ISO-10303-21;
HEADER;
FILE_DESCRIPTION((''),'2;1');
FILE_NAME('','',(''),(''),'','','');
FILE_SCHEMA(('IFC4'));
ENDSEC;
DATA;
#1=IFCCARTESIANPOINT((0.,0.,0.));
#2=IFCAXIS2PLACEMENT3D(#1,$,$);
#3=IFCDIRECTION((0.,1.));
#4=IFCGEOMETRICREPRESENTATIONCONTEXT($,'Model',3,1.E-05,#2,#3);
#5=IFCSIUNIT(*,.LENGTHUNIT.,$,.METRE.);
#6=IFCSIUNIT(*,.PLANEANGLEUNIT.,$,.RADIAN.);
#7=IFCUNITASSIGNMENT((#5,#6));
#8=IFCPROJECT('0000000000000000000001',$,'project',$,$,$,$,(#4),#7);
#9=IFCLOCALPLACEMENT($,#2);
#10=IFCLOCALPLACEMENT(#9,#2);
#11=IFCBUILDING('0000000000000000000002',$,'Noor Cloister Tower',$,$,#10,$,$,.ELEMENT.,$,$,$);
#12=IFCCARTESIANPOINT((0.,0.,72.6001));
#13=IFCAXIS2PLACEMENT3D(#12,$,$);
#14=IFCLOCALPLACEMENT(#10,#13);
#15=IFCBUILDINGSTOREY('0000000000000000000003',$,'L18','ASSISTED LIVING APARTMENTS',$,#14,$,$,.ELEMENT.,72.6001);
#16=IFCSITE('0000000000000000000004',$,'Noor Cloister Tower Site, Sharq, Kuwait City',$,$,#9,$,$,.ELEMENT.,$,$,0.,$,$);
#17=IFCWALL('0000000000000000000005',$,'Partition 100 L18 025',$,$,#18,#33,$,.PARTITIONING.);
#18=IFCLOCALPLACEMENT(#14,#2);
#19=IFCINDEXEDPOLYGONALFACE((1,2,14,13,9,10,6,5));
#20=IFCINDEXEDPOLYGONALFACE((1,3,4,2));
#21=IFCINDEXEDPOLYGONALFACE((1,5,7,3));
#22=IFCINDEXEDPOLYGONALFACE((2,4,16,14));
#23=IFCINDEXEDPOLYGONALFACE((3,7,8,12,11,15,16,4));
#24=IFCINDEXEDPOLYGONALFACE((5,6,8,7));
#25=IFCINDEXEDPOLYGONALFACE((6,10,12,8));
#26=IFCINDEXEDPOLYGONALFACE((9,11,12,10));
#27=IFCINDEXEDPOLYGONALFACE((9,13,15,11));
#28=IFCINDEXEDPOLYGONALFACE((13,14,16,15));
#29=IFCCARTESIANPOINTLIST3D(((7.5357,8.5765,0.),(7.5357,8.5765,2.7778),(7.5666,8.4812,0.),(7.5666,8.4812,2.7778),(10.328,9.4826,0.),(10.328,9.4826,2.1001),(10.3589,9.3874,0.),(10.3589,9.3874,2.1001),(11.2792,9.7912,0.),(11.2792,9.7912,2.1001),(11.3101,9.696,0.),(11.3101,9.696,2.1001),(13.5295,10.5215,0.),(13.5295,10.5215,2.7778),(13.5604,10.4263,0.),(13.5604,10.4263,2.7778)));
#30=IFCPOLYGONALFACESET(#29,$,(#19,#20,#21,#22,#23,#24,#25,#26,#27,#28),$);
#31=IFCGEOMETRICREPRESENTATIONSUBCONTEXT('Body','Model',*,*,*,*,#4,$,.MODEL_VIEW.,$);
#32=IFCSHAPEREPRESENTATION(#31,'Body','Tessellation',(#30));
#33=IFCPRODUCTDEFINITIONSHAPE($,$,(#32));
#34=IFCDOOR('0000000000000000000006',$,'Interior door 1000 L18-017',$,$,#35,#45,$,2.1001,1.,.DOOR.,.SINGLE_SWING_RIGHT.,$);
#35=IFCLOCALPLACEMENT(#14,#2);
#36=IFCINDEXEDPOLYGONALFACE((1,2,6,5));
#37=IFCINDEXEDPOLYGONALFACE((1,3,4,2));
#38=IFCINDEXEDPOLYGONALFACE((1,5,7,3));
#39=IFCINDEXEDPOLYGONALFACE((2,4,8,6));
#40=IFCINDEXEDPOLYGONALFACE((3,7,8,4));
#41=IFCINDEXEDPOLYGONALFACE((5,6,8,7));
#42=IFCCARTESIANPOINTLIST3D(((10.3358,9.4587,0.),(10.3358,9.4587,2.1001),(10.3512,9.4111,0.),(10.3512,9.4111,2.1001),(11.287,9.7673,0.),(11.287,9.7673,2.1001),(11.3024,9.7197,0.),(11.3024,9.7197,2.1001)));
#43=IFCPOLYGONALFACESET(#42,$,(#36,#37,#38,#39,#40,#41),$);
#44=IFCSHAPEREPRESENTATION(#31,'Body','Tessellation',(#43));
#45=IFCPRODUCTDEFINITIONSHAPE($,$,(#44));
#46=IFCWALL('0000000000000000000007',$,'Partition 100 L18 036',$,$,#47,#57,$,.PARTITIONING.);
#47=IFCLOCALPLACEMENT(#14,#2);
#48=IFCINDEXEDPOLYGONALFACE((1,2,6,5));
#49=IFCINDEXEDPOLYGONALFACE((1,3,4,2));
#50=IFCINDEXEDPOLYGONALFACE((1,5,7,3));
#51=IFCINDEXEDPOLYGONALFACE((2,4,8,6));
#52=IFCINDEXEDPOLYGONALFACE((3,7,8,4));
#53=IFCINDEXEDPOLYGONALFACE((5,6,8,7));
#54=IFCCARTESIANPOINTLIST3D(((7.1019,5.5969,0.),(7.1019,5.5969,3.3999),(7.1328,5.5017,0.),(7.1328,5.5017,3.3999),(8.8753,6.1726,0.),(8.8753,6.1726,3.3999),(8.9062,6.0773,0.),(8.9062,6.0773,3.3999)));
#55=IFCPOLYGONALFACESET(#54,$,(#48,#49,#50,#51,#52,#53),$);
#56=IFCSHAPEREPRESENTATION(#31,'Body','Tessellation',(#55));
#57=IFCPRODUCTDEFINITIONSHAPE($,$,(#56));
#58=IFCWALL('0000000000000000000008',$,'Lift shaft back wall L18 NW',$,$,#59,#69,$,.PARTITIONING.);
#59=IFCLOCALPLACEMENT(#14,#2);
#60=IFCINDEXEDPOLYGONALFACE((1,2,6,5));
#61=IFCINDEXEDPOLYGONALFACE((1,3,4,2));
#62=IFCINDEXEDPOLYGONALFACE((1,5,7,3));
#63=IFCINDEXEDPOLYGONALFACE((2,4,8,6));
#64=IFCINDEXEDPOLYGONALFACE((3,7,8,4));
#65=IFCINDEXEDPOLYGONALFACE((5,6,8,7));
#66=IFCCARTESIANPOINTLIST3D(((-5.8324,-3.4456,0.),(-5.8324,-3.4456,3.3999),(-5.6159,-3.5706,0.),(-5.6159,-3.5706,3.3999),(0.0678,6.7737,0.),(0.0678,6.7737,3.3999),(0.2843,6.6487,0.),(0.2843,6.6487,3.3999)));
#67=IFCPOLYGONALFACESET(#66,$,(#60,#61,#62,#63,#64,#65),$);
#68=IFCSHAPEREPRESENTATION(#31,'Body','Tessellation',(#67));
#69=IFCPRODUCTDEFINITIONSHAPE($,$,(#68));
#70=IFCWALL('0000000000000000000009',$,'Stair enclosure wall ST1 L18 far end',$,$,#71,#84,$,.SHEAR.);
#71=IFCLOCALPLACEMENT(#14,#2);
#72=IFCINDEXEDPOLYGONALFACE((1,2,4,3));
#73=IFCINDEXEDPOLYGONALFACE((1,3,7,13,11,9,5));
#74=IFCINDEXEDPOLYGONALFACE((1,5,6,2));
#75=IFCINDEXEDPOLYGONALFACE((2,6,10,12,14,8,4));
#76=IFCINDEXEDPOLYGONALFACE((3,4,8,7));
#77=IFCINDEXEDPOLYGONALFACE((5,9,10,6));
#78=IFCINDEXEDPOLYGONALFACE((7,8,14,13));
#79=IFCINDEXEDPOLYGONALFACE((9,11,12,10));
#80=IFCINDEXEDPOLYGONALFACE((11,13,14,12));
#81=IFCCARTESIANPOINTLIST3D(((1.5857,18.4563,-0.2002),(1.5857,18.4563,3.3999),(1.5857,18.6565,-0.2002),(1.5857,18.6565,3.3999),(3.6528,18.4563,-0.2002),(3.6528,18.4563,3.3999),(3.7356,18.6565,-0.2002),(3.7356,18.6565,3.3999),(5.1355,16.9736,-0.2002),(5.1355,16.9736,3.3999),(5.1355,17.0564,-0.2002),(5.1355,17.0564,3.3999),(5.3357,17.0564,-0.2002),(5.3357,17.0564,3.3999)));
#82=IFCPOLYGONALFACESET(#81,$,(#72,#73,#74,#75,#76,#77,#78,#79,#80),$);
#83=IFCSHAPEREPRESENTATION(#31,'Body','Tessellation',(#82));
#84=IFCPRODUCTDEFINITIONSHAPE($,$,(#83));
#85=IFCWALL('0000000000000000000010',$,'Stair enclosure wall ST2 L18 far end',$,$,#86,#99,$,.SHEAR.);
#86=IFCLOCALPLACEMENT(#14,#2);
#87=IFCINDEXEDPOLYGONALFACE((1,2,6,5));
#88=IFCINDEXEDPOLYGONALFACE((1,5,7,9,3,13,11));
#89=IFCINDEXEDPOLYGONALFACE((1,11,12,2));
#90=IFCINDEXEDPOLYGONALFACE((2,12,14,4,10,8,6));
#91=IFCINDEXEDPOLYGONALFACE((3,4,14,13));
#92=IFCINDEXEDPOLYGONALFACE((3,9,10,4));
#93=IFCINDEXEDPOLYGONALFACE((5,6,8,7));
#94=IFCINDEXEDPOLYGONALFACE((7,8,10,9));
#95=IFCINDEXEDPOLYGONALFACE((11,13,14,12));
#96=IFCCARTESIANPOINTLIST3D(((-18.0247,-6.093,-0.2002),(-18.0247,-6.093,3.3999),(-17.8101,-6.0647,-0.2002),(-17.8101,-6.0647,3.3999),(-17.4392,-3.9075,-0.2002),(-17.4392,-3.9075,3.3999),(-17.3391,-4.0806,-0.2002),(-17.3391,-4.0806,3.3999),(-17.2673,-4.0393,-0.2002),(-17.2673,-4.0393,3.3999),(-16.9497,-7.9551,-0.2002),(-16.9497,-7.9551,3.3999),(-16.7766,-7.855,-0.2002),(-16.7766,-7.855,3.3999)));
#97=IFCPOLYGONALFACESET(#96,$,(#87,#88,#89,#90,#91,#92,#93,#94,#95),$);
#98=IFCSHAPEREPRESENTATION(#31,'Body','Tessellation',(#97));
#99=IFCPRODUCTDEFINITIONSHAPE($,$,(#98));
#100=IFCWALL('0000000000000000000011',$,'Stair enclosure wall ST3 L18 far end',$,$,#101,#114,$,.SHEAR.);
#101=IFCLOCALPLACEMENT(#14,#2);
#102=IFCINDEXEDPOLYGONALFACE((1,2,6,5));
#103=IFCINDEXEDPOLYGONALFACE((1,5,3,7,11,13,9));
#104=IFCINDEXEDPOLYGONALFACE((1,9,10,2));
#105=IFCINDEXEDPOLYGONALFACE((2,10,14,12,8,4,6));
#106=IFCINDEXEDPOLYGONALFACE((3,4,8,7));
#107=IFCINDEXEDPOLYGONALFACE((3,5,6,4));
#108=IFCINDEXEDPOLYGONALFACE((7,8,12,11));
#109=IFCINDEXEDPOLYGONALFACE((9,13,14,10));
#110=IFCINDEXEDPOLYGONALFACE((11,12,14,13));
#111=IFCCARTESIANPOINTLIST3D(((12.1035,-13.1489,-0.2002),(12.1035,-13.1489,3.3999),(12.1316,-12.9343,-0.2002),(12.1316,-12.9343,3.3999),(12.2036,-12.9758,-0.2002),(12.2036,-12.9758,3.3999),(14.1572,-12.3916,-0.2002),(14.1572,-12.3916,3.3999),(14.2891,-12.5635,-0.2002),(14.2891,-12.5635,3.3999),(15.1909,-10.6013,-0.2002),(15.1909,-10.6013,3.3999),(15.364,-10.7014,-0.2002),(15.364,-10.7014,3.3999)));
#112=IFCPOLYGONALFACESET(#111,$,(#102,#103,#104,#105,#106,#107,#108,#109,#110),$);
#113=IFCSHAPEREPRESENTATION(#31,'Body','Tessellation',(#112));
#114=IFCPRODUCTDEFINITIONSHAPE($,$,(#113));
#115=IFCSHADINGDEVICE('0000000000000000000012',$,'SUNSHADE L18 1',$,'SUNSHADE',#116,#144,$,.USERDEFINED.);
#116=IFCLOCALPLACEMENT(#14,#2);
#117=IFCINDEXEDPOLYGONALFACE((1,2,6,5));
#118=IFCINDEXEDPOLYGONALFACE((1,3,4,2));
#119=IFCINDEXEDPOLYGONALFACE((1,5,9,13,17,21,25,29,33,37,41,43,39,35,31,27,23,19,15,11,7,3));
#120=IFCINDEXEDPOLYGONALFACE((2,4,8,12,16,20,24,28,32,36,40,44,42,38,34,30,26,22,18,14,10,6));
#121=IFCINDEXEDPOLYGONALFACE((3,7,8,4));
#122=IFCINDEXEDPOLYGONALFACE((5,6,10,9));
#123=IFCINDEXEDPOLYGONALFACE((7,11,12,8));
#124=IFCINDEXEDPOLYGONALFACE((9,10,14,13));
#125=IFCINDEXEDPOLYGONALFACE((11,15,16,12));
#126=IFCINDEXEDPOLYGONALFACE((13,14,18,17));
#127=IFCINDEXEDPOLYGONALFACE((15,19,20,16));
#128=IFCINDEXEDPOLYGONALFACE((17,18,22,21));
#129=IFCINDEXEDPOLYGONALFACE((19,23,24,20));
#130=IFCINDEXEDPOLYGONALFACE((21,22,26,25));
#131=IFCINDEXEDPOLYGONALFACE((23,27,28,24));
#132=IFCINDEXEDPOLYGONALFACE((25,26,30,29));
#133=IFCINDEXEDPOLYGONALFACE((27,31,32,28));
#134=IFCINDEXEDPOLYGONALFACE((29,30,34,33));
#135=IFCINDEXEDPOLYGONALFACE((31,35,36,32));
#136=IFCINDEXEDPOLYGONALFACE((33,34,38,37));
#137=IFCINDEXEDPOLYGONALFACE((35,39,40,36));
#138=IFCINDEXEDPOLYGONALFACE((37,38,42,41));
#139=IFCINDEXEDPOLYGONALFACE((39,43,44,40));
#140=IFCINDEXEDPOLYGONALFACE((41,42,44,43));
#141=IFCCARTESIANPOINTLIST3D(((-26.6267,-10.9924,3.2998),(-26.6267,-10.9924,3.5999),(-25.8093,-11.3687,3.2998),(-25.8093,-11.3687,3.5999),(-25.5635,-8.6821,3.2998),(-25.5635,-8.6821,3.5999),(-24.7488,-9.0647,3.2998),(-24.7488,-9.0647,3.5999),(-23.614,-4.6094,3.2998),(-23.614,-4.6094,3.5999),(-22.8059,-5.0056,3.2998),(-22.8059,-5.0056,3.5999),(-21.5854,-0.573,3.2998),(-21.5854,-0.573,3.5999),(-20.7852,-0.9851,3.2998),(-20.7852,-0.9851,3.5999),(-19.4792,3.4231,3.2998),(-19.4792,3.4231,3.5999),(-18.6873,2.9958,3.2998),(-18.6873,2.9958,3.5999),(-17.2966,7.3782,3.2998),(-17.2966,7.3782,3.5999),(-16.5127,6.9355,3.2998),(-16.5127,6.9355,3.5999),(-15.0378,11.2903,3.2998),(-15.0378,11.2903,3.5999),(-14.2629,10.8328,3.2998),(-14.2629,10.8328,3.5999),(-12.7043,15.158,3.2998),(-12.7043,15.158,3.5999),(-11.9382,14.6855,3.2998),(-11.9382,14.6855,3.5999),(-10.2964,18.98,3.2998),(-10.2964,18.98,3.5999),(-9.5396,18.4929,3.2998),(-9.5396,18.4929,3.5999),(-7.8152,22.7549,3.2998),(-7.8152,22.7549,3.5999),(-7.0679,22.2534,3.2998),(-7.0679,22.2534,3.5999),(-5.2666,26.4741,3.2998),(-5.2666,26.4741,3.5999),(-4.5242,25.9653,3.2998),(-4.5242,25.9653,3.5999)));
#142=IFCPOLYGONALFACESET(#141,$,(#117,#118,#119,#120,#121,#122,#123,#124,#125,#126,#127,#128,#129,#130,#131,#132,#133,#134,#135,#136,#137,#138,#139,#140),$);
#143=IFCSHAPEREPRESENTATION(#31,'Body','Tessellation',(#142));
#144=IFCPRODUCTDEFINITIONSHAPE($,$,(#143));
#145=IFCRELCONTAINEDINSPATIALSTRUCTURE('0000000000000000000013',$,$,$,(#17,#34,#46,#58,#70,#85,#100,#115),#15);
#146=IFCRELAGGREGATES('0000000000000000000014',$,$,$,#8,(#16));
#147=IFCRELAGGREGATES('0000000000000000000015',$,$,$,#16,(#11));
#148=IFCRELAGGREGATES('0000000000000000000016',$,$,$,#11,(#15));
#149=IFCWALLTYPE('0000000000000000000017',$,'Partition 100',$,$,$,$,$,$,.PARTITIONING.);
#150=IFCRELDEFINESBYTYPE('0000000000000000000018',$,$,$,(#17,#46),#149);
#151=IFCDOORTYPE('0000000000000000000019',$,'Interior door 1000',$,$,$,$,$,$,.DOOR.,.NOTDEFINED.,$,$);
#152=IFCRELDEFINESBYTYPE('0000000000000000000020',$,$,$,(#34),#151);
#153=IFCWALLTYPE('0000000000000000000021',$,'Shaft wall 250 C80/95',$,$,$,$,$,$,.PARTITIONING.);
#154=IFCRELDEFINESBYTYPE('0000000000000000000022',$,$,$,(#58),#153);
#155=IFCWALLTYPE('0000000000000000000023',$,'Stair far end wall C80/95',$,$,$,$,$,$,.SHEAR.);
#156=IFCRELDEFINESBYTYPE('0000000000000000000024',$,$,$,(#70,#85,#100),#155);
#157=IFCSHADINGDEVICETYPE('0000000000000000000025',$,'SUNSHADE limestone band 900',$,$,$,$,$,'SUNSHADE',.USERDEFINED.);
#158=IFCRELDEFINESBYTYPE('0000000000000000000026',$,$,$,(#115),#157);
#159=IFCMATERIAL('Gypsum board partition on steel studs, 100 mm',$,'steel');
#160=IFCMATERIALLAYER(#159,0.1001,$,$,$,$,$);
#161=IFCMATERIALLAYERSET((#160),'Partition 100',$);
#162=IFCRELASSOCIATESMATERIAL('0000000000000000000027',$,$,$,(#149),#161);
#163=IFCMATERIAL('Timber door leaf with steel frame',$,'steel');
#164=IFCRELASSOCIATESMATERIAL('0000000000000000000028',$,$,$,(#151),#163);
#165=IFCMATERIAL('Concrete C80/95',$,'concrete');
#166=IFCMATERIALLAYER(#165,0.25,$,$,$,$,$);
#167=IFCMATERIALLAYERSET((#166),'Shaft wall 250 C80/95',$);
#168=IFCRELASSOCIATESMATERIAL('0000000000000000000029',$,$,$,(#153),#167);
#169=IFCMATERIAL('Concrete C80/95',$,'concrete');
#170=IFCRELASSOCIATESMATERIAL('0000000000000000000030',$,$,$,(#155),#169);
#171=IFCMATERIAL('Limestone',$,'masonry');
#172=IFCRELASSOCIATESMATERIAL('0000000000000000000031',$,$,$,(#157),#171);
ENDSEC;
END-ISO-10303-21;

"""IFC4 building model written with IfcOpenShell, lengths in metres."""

from ifc_helpers import new_model, si_unit, direction, frame, frame_2d, origin, place, context, subcontext, project, spatial, polyline, rectangle, outline, extrude, material, layer, layer_set, type_object, element, fill, save


model = new_model("IFC4")

# Units and contexts
model_context = context("Model", 3, precision=1e-05, world=origin(), true_north=direction((0.0, 1.0)))
body_context = subcontext(model_context, "Body", "Model", "MODEL_VIEW")
ifc_project = project(units=[si_unit("LENGTHUNIT", "METRE"), si_unit("PLANEANGLEUNIT", "RADIAN")], contexts=[model_context])

# Site, building, storey
site_placement = place(None, origin())
site = spatial("IfcSite", under=ifc_project, at=site_placement, Name="Noor Cloister Tower Site, Sharq, Kuwait City", CompositionType="ELEMENT", RefElevation=0.0)
building_placement = place(site_placement, origin())
building = spatial("IfcBuilding", under=site, at=building_placement, Name="Noor Cloister Tower", CompositionType="ELEMENT")
storey_placement = place(building_placement, frame((0.0, 0.0, 72.6001)))
storey = spatial("IfcBuildingStorey", under=building, at=storey_placement, Name="L18", Description="ASSISTED LIVING APARTMENTS", CompositionType="ELEMENT", Elevation=72.6001)

# Wall, opening, door
ifc_material_1 = material(Name="Gypsum board partition on steel studs, 100 mm", Category="steel")
ifc_layer_1 = layer(ifc_material_1, 0.1001)
ifc_layer_set_1 = layer_set([ifc_layer_1], Name="Partition 100")
wall_type_1 = type_object("IfcWallType", Name="Partition 100", PredefinedType="PARTITIONING", material=ifc_layer_set_1)
wall_1_placement = place(storey_placement, frame((7.551, 8.5288, 0.0), z_axis=(0.0, 0.0, 1.0), x_axis=(0.951171, 0.308663, 0.0)))
wall_1 = element("IfcWall", 1, at=wall_1_placement, inside=storey, type_object=wall_type_1, Name="Partition 100 L18 025", PredefinedType="PARTITIONING", context=body_context, shape_type="SweptSolid", body=[
    extrude(rectangle(XDim=6.3015, YDim=0.1001, at=frame_2d((3.1509, 0.0))), origin(), (0.0, 0.0, 1.0), 2.7778),
])
opening_1_placement = place(wall_1_placement, frame((2.9358, 0.0, 0.0)))
opening_1 = element("IfcOpeningElement", 2, at=opening_1_placement, cuts=wall_1, PredefinedType="OPENING", context=body_context, shape_type="SweptSolid", body=[
    extrude(rectangle(XDim=1.0, YDim=2.1001, at=frame_2d((0.5, 1.05))), frame((0.0, 0.0601, 0.0), z_axis=(0.0, -1.0, 0.0), x_axis=(1.0, 0.0, 0.0)), (0.0, 0.0, 1.0), 0.1201),
])
ifc_material_2 = material(Name="Timber door leaf with steel frame", Category="steel")
door_type_1 = type_object("IfcDoorType", Name="Interior door 1000", OperationType="NOTDEFINED", PredefinedType="DOOR", material=ifc_material_2)
door_1_placement = place(opening_1_placement, origin())
door_1 = element("IfcDoor", 3, at=door_1_placement, inside=storey, type_object=door_type_1, Name="Interior door 1000 L18-017", OperationType="SINGLE_SWING_RIGHT", OverallHeight=2.1001, OverallWidth=1.0, PredefinedType="DOOR", context=body_context, shape_type="SweptSolid", body=[
    extrude(rectangle(XDim=1.0, YDim=2.1001, at=frame_2d((0.5, 1.05))), frame((0.0, 0.0249, 0.0), z_axis=(0.0, -1.0, 0.0), x_axis=(1.0, 0.0, 0.0)), (0.0, 0.0, 1.0), 0.05),
])
fill(opening_1, door_1)

# Walls
wall_2_placement = place(storey_placement, frame((7.1174, 5.5493, 0.0), z_axis=(0.0, 0.0, 1.0), x_axis=(0.951142, 0.308754, 0.0)))
element("IfcWall", 4, at=wall_2_placement, inside=storey, type_object=wall_type_1, Name="Partition 100 L18 036", PredefinedType="PARTITIONING", context=body_context, shape_type="SweptSolid", body=[
    extrude(rectangle(XDim=1.8645, YDim=0.1001, at=frame_2d((0.9321, 0.0))), origin(), (0.0, 0.0, 1.0), 3.3999),
])
ifc_material_3 = material(Name="Concrete C80/95", Category="concrete")
ifc_layer_2 = layer(ifc_material_3, 0.25)
ifc_layer_set_2 = layer_set([ifc_layer_2], Name="Shaft wall 250 C80/95")
wall_type_2 = type_object("IfcWallType", Name="Shaft wall 250 C80/95", PredefinedType="PARTITIONING", material=ifc_layer_set_2)
wall_3_placement = place(storey_placement, frame((0.176, 6.7112, 0.0), z_axis=(0.0, 0.0, 1.0), x_axis=(-0.500004, -0.866023, 0.0)))
element("IfcWall", 5, at=wall_3_placement, inside=storey, type_object=wall_type_2, Name="Lift shaft back wall L18 NW", PredefinedType="PARTITIONING", context=body_context, shape_type="SweptSolid", body=[
    extrude(rectangle(XDim=11.8003, YDim=0.25, at=frame_2d((5.9001, 0.0))), origin(), (0.0, 0.0, 1.0), 3.3999),
])
ifc_material_4 = material(Name="Concrete C80/95", Category="concrete")
wall_type_3 = type_object("IfcWallType", Name="Stair far end wall C80/95", PredefinedType="SHEAR", material=ifc_material_4)
wall_4_placement = place(storey_placement, frame((0.0, 0.0, -0.2002)))
element("IfcWall", 6, at=wall_4_placement, inside=storey, type_object=wall_type_3, Name="Stair enclosure wall ST1 L18 far end", PredefinedType="SHEAR", context=body_context, shape_type="SweptSolid", body=[
    extrude(outline(polyline([(5.3357, 17.0564), (3.7356, 18.6565), (1.5857, 18.6565), (1.5857, 18.4563), (3.6528, 18.4563), (5.1355, 16.9736), (5.1355, 17.0564), (5.1355, 17.0564), (5.1355, 17.0564), (5.1355, 17.0564), (5.1355, 17.0564), (5.1355, 17.0564), (5.1355, 17.0564), (5.1355, 17.0564), (5.1355, 17.0564), (5.1355, 17.0564), (5.1355, 17.0564), (5.1355, 17.0564), (5.1355, 17.0564), (5.1355, 17.0564), (5.1355, 17.0564), (5.1355, 17.0564), (5.1355, 17.0564), (5.3357, 17.0564)])), origin(), (0.0, 0.0, 1.0), 3.6001),
])
wall_5_placement = place(storey_placement, frame((0.0, 0.0, -0.2002)))
element("IfcWall", 7, at=wall_5_placement, inside=storey, type_object=wall_type_3, Name="Stair enclosure wall ST2 L18 far end", PredefinedType="SHEAR", context=body_context, shape_type="SweptSolid", body=[
    extrude(outline(polyline([(-17.4392, -3.9075), (-18.0247, -6.093), (-16.9497, -7.9551), (-16.7766, -7.855), (-17.8101, -6.0647), (-17.2673, -4.0393), (-17.3391, -4.0806), (-17.3391, -4.0806), (-17.3391, -4.0806), (-17.3391, -4.0806), (-17.3391, -4.0806), (-17.3391, -4.0806), (-17.3391, -4.0806), (-17.3391, -4.0806), (-17.3391, -4.0806), (-17.3391, -4.0806), (-17.3391, -4.0806), (-17.3391, -4.0806), (-17.3391, -4.0806), (-17.3391, -4.0806), (-17.3391, -4.0806), (-17.3391, -4.0806), (-17.3391, -4.0806), (-17.4392, -3.9075)])), origin(), (0.0, 0.0, 1.0), 3.6001),
])
wall_6_placement = place(storey_placement, frame((0.0, 0.0, -0.2002)))
element("IfcWall", 8, at=wall_6_placement, inside=storey, type_object=wall_type_3, Name="Stair enclosure wall ST3 L18 far end", PredefinedType="SHEAR", context=body_context, shape_type="SweptSolid", body=[
    extrude(outline(polyline([(12.1035, -13.1489), (14.2891, -12.5635), (15.364, -10.7014), (15.1909, -10.6013), (14.1572, -12.3916), (12.1316, -12.9343), (12.2036, -12.9758), (12.2036, -12.9758), (12.2036, -12.9758), (12.2036, -12.9758), (12.2036, -12.9758), (12.2036, -12.9758), (12.2036, -12.9758), (12.2036, -12.9758), (12.2036, -12.9758), (12.2036, -12.9758), (12.2036, -12.9758), (12.2036, -12.9758), (12.2036, -12.9758), (12.2036, -12.9758), (12.2036, -12.9758), (12.2036, -12.9758), (12.2036, -12.9758), (12.1035, -13.1489)])), origin(), (0.0, 0.0, 1.0), 3.6001),
])

# Shading device
ifc_material_5 = material(Name="Limestone", Category="masonry")
shading_device_type = type_object("IfcShadingDeviceType", Name="SUNSHADE limestone band 900", ElementType="SUNSHADE", PredefinedType="USERDEFINED", material=ifc_material_5)
shading_device_1_placement = place(storey_placement, frame((0.0, 0.0, 3.2998)))
element("IfcShadingDevice", 9, at=shading_device_1_placement, inside=storey, type_object=shading_device_type, Name="SUNSHADE L18 1", ObjectType="SUNSHADE", PredefinedType="USERDEFINED", context=body_context, shape_type="SweptSolid", body=[
    extrude(outline(polyline([(-5.2666, 26.4741), (-7.8152, 22.7549), (-10.2964, 18.98), (-12.7043, 15.158), (-15.0378, 11.2903), (-17.2966, 7.3782), (-19.4792, 3.4231), (-21.5854, -0.573), (-23.614, -4.6094), (-25.5635, -8.6821), (-26.6267, -10.9924), (-25.8093, -11.3687), (-24.7488, -9.0647), (-22.8059, -5.0056), (-20.7852, -0.9851), (-18.6873, 2.9958), (-16.5127, 6.9355), (-14.2629, 10.8328), (-11.9382, 14.6855), (-9.5396, 18.4929), (-7.0679, 22.2534), (-4.5242, 25.9653), (-5.2666, 26.4741)])), origin(), (0.0, 0.0, 1.0), 0.3),
])

save(model, "model.ifc")
